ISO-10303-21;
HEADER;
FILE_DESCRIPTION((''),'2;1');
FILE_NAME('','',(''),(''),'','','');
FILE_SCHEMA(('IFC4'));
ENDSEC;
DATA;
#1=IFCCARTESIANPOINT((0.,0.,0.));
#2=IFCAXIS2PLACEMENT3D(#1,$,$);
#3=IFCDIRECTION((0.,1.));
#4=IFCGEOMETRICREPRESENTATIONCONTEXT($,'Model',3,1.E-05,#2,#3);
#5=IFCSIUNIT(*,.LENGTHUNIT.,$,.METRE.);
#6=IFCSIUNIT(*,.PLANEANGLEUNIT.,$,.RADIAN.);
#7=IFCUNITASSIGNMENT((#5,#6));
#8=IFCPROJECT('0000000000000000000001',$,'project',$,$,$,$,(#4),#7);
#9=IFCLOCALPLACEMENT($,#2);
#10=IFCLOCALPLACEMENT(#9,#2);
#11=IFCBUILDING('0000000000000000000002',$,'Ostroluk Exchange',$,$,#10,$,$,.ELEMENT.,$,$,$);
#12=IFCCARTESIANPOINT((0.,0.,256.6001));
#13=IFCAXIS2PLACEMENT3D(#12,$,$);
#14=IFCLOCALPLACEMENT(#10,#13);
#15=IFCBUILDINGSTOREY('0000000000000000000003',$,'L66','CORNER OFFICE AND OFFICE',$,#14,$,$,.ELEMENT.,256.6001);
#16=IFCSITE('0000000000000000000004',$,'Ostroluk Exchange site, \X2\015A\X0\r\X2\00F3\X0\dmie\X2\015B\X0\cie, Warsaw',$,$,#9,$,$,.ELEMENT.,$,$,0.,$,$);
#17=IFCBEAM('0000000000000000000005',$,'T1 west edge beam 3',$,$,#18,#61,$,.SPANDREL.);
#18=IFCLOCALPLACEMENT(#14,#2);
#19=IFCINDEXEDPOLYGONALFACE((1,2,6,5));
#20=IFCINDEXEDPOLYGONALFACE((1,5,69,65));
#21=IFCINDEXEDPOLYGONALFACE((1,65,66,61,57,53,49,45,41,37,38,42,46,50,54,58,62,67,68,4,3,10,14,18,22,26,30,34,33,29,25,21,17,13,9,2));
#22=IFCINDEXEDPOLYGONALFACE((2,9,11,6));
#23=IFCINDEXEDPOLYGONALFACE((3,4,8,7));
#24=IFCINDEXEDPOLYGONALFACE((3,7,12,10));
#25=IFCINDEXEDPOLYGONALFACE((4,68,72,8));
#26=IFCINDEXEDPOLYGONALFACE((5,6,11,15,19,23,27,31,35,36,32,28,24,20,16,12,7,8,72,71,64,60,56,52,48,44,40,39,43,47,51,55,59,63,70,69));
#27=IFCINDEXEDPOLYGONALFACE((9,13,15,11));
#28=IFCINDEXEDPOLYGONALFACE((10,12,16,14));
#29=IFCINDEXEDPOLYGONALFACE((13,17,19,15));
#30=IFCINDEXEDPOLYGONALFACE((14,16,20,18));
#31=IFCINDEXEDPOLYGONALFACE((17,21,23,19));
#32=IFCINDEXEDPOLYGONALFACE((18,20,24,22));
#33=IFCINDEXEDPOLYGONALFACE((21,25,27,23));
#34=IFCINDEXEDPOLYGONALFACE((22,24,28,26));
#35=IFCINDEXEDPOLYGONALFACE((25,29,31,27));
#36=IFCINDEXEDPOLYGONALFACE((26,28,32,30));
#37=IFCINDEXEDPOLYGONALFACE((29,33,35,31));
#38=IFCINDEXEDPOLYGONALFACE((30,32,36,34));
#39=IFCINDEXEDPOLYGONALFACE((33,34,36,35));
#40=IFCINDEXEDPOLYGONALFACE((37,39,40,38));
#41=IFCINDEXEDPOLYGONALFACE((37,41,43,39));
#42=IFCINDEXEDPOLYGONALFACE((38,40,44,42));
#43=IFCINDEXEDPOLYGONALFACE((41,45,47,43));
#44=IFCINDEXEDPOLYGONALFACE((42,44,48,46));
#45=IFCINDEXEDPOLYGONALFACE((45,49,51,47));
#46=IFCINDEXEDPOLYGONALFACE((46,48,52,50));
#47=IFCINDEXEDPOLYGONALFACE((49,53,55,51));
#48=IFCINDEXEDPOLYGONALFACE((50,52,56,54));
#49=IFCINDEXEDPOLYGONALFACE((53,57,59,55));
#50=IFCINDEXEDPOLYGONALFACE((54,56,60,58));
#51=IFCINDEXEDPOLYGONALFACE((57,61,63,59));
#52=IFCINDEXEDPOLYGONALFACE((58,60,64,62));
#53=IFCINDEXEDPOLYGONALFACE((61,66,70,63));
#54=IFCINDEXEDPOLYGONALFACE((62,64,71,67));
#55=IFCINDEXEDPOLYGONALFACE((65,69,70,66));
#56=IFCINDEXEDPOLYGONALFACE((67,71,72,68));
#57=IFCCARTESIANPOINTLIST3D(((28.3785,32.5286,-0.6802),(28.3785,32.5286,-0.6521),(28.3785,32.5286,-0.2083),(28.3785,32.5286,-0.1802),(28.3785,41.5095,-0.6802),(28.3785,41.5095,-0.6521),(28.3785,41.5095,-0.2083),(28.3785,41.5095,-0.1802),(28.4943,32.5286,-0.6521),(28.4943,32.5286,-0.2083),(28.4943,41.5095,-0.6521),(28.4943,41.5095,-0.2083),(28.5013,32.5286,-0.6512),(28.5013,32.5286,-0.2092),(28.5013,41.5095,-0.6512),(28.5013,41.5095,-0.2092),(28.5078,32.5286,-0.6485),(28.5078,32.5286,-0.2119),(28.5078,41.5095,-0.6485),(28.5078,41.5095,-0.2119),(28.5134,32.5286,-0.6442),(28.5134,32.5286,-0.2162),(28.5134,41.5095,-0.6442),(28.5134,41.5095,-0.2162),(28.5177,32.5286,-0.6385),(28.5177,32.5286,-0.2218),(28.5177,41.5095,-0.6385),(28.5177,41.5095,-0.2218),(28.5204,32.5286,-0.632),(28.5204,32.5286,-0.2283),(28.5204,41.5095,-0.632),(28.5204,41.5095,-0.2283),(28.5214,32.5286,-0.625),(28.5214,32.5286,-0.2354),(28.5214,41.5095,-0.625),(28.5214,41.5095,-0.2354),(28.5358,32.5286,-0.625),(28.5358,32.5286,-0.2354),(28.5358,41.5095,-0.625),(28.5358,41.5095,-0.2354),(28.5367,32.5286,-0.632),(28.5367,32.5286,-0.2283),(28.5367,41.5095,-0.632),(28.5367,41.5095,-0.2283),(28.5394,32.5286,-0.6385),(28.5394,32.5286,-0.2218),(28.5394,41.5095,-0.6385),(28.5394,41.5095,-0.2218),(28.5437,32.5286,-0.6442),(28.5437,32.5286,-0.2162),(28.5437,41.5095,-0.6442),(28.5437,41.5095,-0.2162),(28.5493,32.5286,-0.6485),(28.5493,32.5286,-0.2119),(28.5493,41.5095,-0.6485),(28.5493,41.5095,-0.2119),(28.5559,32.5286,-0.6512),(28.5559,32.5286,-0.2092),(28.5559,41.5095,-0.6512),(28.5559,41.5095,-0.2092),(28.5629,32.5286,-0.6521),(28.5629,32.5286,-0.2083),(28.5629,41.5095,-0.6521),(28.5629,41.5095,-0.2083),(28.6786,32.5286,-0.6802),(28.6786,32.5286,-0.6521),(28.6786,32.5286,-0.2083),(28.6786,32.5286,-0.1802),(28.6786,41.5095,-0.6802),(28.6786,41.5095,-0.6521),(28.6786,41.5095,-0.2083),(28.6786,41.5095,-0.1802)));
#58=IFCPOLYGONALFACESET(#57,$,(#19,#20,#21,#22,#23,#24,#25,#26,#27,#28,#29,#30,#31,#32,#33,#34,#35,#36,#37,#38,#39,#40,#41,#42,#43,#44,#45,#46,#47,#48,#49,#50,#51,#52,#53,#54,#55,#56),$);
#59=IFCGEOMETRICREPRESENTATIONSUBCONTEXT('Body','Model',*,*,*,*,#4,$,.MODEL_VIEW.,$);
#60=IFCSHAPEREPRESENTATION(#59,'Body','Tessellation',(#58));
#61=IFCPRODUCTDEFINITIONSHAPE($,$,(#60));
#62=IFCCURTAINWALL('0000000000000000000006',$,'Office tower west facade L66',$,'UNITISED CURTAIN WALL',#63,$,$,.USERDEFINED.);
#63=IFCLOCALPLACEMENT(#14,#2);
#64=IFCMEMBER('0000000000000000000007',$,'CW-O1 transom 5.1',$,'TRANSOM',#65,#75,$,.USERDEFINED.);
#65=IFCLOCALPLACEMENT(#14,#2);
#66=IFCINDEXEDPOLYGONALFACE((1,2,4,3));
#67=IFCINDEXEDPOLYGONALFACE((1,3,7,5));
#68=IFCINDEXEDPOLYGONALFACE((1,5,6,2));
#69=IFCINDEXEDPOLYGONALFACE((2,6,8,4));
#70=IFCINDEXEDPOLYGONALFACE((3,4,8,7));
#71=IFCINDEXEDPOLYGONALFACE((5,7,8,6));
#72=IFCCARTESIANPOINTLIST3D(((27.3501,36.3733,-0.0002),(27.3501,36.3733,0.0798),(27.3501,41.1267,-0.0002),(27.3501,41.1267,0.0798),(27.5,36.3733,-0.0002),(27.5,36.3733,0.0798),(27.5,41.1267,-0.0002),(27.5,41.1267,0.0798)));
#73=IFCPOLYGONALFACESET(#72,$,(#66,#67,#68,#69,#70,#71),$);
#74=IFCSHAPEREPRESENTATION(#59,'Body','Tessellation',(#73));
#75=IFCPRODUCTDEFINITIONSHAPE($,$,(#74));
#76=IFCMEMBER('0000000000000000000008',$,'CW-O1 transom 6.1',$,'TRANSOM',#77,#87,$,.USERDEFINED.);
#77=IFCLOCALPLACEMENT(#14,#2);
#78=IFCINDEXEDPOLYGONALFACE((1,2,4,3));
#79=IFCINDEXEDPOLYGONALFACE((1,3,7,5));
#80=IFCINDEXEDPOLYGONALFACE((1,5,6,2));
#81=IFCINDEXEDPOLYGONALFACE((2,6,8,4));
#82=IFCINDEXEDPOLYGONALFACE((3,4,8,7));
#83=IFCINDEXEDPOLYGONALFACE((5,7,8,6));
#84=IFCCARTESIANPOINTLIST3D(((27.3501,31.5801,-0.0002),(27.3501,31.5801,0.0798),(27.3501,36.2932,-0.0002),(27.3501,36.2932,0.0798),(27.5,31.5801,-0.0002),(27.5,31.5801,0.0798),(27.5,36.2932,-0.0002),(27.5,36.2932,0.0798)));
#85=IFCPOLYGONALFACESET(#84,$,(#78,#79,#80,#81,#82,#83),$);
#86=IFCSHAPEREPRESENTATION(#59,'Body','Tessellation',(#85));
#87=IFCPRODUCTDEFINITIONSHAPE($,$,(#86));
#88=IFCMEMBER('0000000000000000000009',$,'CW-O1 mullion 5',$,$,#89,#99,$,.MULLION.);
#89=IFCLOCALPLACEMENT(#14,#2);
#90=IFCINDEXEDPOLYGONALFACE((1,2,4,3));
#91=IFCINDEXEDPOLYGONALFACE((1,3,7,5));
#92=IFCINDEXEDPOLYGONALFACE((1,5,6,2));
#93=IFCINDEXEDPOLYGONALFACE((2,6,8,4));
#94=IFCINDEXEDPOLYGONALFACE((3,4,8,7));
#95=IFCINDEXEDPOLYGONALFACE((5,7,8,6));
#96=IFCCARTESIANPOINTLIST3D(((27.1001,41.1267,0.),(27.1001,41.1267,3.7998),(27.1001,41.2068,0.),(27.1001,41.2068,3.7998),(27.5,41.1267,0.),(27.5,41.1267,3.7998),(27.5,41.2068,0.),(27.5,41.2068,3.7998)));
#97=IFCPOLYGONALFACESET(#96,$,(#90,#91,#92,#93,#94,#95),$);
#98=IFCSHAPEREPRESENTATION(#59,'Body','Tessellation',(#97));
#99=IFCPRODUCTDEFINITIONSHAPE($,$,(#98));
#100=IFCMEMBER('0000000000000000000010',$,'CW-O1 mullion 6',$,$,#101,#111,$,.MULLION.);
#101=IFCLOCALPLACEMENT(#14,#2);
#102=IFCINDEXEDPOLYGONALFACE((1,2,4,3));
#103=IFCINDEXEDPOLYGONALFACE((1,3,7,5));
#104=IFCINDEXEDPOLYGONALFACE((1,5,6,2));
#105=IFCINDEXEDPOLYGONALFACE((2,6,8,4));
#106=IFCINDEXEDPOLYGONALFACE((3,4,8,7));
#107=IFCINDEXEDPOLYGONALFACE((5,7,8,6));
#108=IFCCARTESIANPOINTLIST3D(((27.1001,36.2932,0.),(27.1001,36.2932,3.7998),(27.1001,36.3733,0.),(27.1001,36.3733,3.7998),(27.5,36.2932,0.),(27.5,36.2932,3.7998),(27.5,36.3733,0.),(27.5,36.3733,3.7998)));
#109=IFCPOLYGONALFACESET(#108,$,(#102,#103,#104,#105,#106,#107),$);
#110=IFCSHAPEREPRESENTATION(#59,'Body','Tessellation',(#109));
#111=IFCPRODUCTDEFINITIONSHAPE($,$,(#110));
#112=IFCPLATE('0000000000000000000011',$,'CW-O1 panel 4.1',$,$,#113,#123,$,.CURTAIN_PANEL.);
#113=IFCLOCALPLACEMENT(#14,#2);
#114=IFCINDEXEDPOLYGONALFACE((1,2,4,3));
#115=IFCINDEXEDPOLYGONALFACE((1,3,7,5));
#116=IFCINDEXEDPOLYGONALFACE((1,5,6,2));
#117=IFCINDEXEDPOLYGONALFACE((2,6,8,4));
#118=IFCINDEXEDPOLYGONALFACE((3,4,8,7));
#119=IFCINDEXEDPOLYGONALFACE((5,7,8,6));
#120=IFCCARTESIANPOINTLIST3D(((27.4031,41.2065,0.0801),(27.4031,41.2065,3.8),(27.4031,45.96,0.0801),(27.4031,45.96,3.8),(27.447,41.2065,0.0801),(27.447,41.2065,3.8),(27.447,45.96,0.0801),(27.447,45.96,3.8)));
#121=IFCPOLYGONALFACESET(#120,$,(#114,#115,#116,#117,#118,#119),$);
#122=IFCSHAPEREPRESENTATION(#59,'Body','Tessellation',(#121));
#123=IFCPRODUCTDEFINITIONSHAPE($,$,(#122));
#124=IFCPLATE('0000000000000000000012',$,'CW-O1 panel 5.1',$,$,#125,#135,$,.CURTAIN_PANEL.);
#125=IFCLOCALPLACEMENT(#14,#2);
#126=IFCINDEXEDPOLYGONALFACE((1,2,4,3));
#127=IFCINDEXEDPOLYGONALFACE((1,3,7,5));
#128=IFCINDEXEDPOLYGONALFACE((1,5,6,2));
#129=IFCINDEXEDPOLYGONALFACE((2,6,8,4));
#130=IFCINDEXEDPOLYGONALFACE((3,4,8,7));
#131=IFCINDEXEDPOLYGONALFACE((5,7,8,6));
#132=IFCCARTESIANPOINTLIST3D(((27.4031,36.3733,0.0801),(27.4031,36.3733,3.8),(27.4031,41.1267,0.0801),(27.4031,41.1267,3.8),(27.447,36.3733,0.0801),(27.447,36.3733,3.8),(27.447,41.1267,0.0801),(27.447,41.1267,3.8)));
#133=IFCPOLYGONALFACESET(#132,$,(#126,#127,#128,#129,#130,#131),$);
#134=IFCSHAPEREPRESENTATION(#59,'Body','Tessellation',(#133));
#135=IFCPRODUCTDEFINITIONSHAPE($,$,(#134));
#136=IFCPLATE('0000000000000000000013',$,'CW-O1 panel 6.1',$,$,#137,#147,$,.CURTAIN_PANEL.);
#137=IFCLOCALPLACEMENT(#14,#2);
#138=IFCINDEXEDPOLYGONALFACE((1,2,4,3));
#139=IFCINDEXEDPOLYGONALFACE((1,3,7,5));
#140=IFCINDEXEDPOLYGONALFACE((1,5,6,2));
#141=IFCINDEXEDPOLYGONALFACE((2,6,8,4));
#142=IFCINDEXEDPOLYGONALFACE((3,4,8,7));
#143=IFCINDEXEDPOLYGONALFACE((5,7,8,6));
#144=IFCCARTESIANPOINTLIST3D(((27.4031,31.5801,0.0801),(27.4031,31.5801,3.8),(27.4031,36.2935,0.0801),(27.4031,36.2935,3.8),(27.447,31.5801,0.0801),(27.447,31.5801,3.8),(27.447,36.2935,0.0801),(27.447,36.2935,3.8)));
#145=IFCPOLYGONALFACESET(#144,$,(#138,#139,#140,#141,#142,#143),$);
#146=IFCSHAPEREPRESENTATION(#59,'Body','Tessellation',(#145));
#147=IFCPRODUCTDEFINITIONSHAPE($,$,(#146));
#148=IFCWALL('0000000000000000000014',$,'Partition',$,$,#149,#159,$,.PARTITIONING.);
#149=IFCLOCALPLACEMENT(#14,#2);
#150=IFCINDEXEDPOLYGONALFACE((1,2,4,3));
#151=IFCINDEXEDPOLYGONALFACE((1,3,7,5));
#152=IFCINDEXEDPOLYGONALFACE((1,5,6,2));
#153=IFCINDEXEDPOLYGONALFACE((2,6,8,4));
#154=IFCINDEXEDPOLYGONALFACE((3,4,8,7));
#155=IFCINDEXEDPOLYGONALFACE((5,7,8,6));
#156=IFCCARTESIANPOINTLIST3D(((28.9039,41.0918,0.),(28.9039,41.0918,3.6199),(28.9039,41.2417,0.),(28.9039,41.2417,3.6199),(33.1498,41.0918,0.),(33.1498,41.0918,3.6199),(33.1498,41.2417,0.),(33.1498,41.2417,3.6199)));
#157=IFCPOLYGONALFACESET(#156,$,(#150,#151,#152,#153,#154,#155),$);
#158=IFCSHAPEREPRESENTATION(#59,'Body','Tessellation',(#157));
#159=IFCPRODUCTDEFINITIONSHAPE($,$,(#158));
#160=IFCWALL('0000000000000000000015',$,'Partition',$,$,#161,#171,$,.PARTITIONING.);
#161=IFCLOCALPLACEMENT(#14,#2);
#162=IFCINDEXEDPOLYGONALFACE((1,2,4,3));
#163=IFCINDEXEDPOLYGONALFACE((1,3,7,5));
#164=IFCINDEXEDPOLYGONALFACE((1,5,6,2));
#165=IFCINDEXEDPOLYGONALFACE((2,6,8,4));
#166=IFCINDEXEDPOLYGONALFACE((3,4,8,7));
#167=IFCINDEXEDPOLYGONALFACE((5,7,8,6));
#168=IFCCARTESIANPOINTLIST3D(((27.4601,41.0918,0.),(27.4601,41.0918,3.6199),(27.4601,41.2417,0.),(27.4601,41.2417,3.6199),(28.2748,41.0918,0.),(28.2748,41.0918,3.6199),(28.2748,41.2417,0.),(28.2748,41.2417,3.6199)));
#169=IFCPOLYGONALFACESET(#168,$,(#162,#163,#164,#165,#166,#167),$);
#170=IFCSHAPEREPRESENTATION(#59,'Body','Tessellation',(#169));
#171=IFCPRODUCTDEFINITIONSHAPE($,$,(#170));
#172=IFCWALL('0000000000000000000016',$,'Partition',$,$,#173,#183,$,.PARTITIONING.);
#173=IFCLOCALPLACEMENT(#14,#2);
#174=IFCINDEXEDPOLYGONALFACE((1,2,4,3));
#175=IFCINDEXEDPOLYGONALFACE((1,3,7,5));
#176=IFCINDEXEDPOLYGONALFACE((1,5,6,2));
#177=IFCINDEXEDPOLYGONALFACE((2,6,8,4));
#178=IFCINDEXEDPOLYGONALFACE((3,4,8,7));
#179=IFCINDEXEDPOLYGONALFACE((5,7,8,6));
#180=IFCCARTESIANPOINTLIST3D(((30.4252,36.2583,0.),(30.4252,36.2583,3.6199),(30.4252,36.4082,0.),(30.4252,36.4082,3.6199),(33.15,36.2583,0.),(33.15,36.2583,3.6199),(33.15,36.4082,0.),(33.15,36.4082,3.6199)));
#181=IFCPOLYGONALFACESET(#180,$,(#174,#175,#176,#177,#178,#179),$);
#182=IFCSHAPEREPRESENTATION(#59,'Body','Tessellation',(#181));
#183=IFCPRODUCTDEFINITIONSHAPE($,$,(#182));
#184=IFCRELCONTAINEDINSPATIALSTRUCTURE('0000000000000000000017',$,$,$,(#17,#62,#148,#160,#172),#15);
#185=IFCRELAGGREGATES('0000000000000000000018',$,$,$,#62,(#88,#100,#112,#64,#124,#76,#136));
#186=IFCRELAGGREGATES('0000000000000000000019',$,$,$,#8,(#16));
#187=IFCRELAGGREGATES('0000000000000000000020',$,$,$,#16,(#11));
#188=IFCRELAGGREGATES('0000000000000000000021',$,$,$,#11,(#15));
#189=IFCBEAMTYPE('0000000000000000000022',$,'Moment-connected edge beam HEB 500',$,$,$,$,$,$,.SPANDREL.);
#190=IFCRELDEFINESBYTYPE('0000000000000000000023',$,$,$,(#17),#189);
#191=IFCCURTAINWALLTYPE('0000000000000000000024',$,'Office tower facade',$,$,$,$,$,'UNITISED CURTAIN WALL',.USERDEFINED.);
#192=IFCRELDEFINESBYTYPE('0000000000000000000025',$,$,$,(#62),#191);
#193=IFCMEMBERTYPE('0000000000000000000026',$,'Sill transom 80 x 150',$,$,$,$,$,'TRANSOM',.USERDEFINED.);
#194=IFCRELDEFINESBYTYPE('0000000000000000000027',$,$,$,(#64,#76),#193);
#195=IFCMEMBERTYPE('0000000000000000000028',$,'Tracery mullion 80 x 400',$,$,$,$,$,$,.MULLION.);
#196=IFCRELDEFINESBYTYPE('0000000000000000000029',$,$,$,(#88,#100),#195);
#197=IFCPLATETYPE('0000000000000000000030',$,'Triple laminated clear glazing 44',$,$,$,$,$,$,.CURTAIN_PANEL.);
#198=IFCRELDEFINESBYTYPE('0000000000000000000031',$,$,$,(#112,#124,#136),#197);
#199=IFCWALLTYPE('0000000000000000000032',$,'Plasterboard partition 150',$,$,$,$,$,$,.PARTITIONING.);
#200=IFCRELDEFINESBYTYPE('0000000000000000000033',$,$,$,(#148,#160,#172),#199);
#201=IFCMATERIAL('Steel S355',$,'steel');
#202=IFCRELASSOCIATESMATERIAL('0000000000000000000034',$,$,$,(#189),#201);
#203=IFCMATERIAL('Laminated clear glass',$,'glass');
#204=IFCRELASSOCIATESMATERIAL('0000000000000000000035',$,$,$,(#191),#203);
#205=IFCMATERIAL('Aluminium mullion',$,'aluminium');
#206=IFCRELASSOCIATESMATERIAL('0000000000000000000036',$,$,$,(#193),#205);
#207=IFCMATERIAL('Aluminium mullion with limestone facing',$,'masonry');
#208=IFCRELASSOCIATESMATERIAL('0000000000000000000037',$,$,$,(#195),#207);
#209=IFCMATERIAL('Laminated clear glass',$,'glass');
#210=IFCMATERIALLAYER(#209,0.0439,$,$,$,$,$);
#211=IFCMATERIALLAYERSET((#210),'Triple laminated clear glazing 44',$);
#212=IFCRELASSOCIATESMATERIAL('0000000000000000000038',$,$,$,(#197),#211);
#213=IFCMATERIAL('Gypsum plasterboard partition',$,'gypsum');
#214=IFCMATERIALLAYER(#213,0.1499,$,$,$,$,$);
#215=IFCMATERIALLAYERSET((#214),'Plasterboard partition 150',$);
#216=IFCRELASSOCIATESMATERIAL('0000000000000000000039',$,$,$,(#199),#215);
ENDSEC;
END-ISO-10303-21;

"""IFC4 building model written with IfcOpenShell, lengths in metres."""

from ifc_helpers import new_model, si_unit, direction, frame, frame_2d, origin, origin_2d, place, context, subcontext, project, spatial, rectangle, i_section, extrude, material, layer, layer_set, material_profile, profile_set, type_object, element, aggregate, save


model = new_model("IFC4")

# Units and contexts
model_context = context("Model", 3, precision=1e-05, world=origin(), true_north=direction((0.0, 1.0)))
body_context = subcontext(model_context, "Body", "Model", "MODEL_VIEW")
ifc_project = project(units=[si_unit("LENGTHUNIT", "METRE"), si_unit("PLANEANGLEUNIT", "RADIAN")], contexts=[model_context])

# Site, building, storey
site_placement = place(None, origin())
site = spatial("IfcSite", under=ifc_project, at=site_placement, Name="Ostroluk Exchange site, Śródmieście, Warsaw", CompositionType="ELEMENT", RefElevation=0.0)
building_placement = place(site_placement, origin())
building = spatial("IfcBuilding", under=site, at=building_placement, Name="Ostroluk Exchange", CompositionType="ELEMENT")
storey_placement = place(building_placement, frame((0.0, 0.0, 256.6001)))
storey = spatial("IfcBuildingStorey", under=building, at=storey_placement, Name="L66", Description="CORNER OFFICE AND OFFICE", CompositionType="ELEMENT", Elevation=256.6001)

# Beam
ifc_material_1 = material(Name="Steel S355", Category="steel")
ifc_material_profile_1 = material_profile(ifc_material_1, i_section(OverallWidth=0.3, OverallDepth=0.5, WebThickness=0.0144, FlangeThickness=0.0281, FilletRadius=0.0271, at=origin_2d()), Name="HEB 500")
ifc_profile_set_1 = profile_set([ifc_material_profile_1], Name="Steel S355")
beam_type_1 = type_object("IfcBeamType", Name="Moment-connected edge beam HEB 500", PredefinedType="SPANDREL", material=ifc_profile_set_1)
beam_1_placement = place(storey_placement, frame((28.5286, 41.5095, -0.4302), z_axis=(0.0, -1.0, 0.0), x_axis=(1.0, 0.0, 0.0)))
element("IfcBeam", 1, at=beam_1_placement, inside=storey, type_object=beam_type_1, Name="T1 west edge beam 3", PredefinedType="SPANDREL", context=body_context, shape_type="SweptSolid", body=[
    extrude(i_section(OverallWidth=0.3, OverallDepth=0.5, WebThickness=0.0144, FlangeThickness=0.0281, FilletRadius=0.0271, at=origin_2d()), origin(), (0.0, 0.0, 1.0), 8.981),
])

# Curtain wall, members, plates
ifc_material_2 = material(Name="Laminated clear glass", Category="glass")
curtain_wall_type = type_object("IfcCurtainWallType", Name="Office tower facade", ElementType="UNITISED CURTAIN WALL", PredefinedType="USERDEFINED", material=ifc_material_2)
curtain_wall_placement = place(storey_placement, origin())
curtain_wall = element("IfcCurtainWall", 2, at=curtain_wall_placement, inside=storey, type_object=curtain_wall_type, Name="Office tower west facade L66", ObjectType="UNITISED CURTAIN WALL", PredefinedType="USERDEFINED")
ifc_material_3 = material(Name="Aluminium mullion", Category="aluminium")
ifc_material_profile_2 = material_profile(ifc_material_3, rectangle(XDim=0.1499, YDim=0.0801, at=origin_2d()), Name="Sill transom 80 x 150")
ifc_profile_set_2 = profile_set([ifc_material_profile_2], Name="Aluminium mullion")
member_type_1 = type_object("IfcMemberType", Name="Sill transom 80 x 150", ElementType="TRANSOM", PredefinedType="USERDEFINED", material=ifc_profile_set_2)
member_1_placement = place(storey_placement, frame((27.425, 41.1267, 0.0398), z_axis=(0.0, -1.0, 0.0), x_axis=(1.0, 0.0, 0.0)))
member_1 = element("IfcMember", 3, at=member_1_placement, type_object=member_type_1, Name="CW-O1 transom 5.1", ObjectType="TRANSOM", PredefinedType="USERDEFINED", context=body_context, shape_type="SweptSolid", body=[
    extrude(rectangle(XDim=0.1499, YDim=0.0801, at=origin_2d()), origin(), (0.0, 0.0, 1.0), 4.7534),
])
member_2_placement = place(storey_placement, frame((27.425, 36.2932, 0.0398), z_axis=(0.0, -1.0, 0.0), x_axis=(1.0, 0.0, 0.0)))
member_2 = element("IfcMember", 4, at=member_2_placement, type_object=member_type_1, Name="CW-O1 transom 6.1", ObjectType="TRANSOM", PredefinedType="USERDEFINED", context=body_context, shape_type="SweptSolid", body=[
    extrude(rectangle(XDim=0.1499, YDim=0.0801, at=origin_2d()), origin(), (0.0, 0.0, 1.0), 4.7131),
])
ifc_material_4 = material(Name="Aluminium mullion with limestone facing", Category="masonry")
ifc_material_profile_3 = material_profile(ifc_material_4, rectangle(XDim=0.3999, YDim=0.0801, at=origin_2d()), Name="Tracery mullion 80 x 400")
ifc_profile_set_3 = profile_set([ifc_material_profile_3], Name="Aluminium mullion with limestone facing")
member_type_2 = type_object("IfcMemberType", Name="Tracery mullion 80 x 400", PredefinedType="MULLION", material=ifc_profile_set_3)
member_3_placement = place(storey_placement, frame((27.3, 41.1667, 0.0), z_axis=(0.0, 0.0, 1.0), x_axis=(1.0, 0.0, 0.0)))
member_3 = element("IfcMember", 5, at=member_3_placement, type_object=member_type_2, Name="CW-O1 mullion 5", PredefinedType="MULLION", context=body_context, shape_type="SweptSolid", body=[
    extrude(rectangle(XDim=0.3999, YDim=0.0801, at=origin_2d()), origin(), (0.0, 0.0, 1.0), 3.7998),
])
member_4_placement = place(storey_placement, frame((27.3, 36.3333, 0.0), z_axis=(0.0, 0.0, 1.0), x_axis=(1.0, 0.0, 0.0)))
member_4 = element("IfcMember", 6, at=member_4_placement, type_object=member_type_2, Name="CW-O1 mullion 6", PredefinedType="MULLION", context=body_context, shape_type="SweptSolid", body=[
    extrude(rectangle(XDim=0.3999, YDim=0.0801, at=origin_2d()), origin(), (0.0, 0.0, 1.0), 3.7998),
])
ifc_material_5 = material(Name="Laminated clear glass", Category="glass")
ifc_layer_1 = layer(ifc_material_5, 0.0439)
ifc_layer_set_1 = layer_set([ifc_layer_1], Name="Triple laminated clear glazing 44")
plate_type = type_object("IfcPlateType", Name="Triple laminated clear glazing 44", PredefinedType="CURTAIN_PANEL", material=ifc_layer_set_1)
plate_1_placement = place(storey_placement, frame((27.425, 43.5833, 0.0801), z_axis=(0.0, 0.0, 1.0), x_axis=(0.0, -1.0, 0.0)))
plate_1 = element("IfcPlate", 7, at=plate_1_placement, type_object=plate_type, Name="CW-O1 panel 4.1", PredefinedType="CURTAIN_PANEL", context=body_context, shape_type="SweptSolid", body=[
    extrude(rectangle(XDim=4.7534, YDim=0.0439, at=origin_2d()), origin(), (0.0, 0.0, 1.0), 3.72),
])
plate_2_placement = place(storey_placement, frame((27.425, 38.75, 0.0801), z_axis=(0.0, 0.0, 1.0), x_axis=(0.0, -1.0, 0.0)))
plate_2 = element("IfcPlate", 8, at=plate_2_placement, type_object=plate_type, Name="CW-O1 panel 5.1", PredefinedType="CURTAIN_PANEL", context=body_context, shape_type="SweptSolid", body=[
    extrude(rectangle(XDim=4.7534, YDim=0.0439, at=origin_2d()), origin(), (0.0, 0.0, 1.0), 3.72),
])
plate_3_placement = place(storey_placement, frame((27.425, 33.9368, 0.0801), z_axis=(0.0, 0.0, 1.0), x_axis=(0.0, -1.0, 0.0)))
plate_3 = element("IfcPlate", 9, at=plate_3_placement, type_object=plate_type, Name="CW-O1 panel 6.1", PredefinedType="CURTAIN_PANEL", context=body_context, shape_type="SweptSolid", body=[
    extrude(rectangle(XDim=4.7134, YDim=0.0439, at=origin_2d()), origin(), (0.0, 0.0, 1.0), 3.72),
])
aggregate(curtain_wall, [member_3, member_4, plate_1, member_1, plate_2, member_2, plate_3])

# Walls
ifc_material_6 = material(Name="Gypsum plasterboard partition", Category="gypsum")
ifc_layer_2 = layer(ifc_material_6, 0.1499)
ifc_layer_set_2 = layer_set([ifc_layer_2], Name="Plasterboard partition 150")
wall_type_1 = type_object("IfcWallType", Name="Plasterboard partition 150", PredefinedType="PARTITIONING", material=ifc_layer_set_2)
wall_1_placement = place(storey_placement, frame((33.1499, 41.1667, 0.0), z_axis=(0.0, 0.0, 1.0), x_axis=(-1.0, 0.0, 0.0)))
element("IfcWall", 10, at=wall_1_placement, inside=storey, type_object=wall_type_1, Name="Partition", PredefinedType="PARTITIONING", context=body_context, shape_type="SweptSolid", body=[
    extrude(rectangle(XDim=4.2458, YDim=0.1499, at=frame_2d((2.123, 0.0))), origin(), (0.0, 0.0, 1.0), 3.6199),
])
wall_2_placement = place(storey_placement, frame((28.2747, 41.1667, 0.0), z_axis=(0.0, 0.0, 1.0), x_axis=(-1.0, 0.0, 0.0)))
element("IfcWall", 11, at=wall_2_placement, inside=storey, type_object=wall_type_1, Name="Partition", PredefinedType="PARTITIONING", context=body_context, shape_type="SweptSolid", body=[
    extrude(rectangle(XDim=0.8147, YDim=0.1499, at=frame_2d((0.4072, 0.0))), origin(), (0.0, 0.0, 1.0), 3.6199),
])
wall_3_placement = place(storey_placement, frame((33.1499, 36.3333, 0.0), z_axis=(0.0, 0.0, 1.0), x_axis=(-1.0, 0.0, 0.0)))
element("IfcWall", 12, at=wall_3_placement, inside=storey, type_object=wall_type_1, Name="Partition", PredefinedType="PARTITIONING", context=body_context, shape_type="SweptSolid", body=[
    extrude(rectangle(XDim=2.7249, YDim=0.1499, at=frame_2d((1.3623, 0.0))), origin(), (0.0, 0.0, 1.0), 3.6199),
])

save(model, "model.ifc")
